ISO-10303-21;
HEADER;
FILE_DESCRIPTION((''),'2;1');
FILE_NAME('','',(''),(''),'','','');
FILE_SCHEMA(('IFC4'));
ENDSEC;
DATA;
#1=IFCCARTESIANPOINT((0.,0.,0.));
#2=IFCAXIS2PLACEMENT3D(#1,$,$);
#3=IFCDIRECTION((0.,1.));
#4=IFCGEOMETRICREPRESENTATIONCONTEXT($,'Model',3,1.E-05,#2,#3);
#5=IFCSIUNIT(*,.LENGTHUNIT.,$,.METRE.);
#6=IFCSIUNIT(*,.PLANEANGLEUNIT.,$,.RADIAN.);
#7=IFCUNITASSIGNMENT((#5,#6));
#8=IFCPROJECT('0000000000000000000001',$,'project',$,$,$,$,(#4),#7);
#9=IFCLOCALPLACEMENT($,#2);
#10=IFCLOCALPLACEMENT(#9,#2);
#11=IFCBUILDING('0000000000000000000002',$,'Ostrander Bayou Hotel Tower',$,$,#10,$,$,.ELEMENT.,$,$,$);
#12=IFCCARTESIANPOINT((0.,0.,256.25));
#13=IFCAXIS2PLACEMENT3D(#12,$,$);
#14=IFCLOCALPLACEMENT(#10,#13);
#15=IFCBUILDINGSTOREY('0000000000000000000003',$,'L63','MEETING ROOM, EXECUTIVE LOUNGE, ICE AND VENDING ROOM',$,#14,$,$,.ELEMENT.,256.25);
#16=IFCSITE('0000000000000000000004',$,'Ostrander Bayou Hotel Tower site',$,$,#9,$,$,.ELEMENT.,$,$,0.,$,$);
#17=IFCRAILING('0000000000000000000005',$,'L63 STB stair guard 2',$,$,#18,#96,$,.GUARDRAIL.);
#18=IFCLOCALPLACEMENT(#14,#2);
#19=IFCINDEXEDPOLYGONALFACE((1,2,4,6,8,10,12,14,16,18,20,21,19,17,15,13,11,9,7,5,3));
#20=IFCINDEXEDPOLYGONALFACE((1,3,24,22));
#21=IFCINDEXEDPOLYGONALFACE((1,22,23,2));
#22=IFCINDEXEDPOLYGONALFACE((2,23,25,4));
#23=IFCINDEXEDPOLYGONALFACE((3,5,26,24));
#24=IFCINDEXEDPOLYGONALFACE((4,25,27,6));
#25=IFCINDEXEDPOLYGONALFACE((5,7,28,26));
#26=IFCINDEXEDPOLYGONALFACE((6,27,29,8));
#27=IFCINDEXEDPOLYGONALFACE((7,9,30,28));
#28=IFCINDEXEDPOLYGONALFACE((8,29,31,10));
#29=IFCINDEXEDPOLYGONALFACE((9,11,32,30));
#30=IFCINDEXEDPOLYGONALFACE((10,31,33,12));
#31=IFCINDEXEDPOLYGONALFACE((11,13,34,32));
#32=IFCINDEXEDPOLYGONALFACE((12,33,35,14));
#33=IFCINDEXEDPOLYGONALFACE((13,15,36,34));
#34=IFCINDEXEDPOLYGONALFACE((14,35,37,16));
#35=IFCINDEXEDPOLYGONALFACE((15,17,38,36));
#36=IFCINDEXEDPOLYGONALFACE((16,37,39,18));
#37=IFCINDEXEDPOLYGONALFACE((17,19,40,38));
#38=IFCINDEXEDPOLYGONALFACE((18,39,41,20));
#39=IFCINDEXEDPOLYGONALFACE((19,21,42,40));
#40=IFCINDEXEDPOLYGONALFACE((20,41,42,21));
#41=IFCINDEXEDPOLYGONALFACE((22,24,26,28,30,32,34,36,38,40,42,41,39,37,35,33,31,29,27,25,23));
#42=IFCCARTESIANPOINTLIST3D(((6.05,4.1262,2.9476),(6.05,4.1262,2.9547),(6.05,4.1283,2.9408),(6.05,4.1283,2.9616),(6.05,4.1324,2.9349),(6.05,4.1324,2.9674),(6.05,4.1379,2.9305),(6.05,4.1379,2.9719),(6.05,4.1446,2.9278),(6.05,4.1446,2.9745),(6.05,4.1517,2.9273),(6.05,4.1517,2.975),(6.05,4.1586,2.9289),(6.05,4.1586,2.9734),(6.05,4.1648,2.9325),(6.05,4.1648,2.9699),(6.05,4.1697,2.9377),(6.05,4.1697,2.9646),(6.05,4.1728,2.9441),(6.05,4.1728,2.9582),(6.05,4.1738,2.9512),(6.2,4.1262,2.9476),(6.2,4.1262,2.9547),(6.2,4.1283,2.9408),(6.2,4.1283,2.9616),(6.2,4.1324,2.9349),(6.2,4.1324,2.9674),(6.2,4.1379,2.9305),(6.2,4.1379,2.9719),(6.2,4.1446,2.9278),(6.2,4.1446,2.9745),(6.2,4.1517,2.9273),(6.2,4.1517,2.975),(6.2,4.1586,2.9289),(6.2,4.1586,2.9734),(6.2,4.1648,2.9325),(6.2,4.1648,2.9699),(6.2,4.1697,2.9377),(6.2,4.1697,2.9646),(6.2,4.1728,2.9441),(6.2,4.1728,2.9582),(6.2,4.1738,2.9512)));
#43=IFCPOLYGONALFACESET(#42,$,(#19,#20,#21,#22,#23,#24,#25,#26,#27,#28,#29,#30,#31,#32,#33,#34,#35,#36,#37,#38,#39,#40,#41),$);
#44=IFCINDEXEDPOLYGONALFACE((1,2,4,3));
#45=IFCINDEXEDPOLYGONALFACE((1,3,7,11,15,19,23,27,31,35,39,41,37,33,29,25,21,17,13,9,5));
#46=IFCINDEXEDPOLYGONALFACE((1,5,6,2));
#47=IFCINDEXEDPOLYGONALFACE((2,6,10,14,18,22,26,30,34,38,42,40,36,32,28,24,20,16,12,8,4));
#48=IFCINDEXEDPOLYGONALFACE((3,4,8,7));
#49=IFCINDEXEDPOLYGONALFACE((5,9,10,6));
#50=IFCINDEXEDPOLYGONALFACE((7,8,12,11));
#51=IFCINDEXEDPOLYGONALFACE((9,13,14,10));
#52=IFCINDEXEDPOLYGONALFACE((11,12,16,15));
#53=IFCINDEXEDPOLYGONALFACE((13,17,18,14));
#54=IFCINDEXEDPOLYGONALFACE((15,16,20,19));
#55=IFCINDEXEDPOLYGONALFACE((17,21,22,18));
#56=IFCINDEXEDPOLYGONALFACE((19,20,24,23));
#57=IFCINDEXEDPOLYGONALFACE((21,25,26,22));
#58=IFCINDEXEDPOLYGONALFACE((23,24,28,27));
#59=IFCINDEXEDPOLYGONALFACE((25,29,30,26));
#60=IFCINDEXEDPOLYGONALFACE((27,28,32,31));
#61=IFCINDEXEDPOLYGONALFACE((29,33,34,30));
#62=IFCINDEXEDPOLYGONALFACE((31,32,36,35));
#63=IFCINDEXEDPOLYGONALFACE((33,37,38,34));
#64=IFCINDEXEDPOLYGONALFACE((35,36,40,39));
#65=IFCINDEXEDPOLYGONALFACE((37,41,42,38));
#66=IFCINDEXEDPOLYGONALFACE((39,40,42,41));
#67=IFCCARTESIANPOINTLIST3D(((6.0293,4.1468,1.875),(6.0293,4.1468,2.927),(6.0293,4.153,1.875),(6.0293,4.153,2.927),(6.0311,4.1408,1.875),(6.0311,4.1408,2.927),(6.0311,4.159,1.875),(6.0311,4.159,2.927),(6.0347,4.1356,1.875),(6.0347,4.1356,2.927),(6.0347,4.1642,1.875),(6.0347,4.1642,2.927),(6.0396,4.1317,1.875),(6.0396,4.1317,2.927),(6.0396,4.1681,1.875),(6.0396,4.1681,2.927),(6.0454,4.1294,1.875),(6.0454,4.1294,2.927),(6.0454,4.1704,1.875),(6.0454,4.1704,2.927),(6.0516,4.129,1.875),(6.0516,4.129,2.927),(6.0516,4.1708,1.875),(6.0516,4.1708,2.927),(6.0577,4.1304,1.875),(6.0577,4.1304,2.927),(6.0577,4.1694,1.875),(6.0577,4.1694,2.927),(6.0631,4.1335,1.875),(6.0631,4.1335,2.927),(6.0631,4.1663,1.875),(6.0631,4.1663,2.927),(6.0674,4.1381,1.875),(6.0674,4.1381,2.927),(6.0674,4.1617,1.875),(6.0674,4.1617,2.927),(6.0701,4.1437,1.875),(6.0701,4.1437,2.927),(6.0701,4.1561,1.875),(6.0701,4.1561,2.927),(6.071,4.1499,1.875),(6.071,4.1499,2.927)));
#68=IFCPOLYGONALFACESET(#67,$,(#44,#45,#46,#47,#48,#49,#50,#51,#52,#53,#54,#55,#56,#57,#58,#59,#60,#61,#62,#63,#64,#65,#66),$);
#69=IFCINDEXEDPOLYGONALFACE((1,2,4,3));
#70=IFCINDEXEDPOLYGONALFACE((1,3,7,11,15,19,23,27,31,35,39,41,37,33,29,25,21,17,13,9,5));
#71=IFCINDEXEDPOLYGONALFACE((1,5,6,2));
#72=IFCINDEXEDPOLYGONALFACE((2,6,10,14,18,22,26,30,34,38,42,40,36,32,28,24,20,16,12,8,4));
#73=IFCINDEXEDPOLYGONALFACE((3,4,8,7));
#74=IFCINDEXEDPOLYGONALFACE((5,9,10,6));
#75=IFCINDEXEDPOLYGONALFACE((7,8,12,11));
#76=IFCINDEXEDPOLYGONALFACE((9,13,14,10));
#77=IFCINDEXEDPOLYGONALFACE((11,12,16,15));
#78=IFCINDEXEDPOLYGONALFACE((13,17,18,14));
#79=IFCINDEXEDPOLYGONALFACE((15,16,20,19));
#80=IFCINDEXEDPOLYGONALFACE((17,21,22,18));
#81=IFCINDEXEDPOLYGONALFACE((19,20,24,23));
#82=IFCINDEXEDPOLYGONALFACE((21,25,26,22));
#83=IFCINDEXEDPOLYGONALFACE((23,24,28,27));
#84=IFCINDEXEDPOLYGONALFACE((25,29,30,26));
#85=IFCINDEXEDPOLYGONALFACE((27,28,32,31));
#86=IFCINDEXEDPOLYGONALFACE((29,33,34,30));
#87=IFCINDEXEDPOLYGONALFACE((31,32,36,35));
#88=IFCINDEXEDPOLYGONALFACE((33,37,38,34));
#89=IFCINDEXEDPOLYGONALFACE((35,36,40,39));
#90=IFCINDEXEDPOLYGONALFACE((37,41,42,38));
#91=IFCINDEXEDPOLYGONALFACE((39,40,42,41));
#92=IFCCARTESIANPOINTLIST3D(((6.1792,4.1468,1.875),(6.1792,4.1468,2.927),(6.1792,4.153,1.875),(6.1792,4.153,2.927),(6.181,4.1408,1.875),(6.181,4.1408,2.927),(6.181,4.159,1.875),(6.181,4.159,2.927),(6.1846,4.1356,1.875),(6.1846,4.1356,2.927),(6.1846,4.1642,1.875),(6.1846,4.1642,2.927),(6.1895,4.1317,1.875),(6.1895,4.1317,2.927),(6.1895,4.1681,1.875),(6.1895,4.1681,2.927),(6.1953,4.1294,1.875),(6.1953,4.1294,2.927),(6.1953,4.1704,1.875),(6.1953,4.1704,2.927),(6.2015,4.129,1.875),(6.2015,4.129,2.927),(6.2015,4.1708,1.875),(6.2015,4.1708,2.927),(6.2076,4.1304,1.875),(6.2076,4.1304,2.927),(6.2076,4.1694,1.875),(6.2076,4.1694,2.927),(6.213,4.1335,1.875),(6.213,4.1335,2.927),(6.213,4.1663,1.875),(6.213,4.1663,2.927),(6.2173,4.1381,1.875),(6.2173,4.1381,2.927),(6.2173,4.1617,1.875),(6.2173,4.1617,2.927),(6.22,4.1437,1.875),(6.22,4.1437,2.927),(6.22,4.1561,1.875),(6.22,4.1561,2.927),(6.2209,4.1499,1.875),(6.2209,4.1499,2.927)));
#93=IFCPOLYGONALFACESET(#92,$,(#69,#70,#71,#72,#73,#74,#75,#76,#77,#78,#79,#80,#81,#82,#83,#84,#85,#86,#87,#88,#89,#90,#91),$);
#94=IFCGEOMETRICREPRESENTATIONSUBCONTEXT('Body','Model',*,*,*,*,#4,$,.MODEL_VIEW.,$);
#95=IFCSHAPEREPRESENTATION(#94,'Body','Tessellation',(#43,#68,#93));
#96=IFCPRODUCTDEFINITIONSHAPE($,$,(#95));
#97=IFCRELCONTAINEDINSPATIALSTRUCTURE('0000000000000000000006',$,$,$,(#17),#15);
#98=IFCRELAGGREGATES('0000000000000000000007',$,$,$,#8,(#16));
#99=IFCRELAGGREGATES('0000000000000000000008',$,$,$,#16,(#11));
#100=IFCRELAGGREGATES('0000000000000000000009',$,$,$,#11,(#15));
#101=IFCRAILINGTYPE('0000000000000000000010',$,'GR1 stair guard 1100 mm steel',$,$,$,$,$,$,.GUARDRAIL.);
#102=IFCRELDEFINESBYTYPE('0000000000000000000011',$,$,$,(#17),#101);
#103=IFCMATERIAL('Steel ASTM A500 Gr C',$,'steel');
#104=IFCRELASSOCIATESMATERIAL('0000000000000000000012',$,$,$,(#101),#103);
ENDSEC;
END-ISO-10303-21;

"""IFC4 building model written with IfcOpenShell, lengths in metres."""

from ifc_helpers import new_model, si_unit, direction, frame, origin, origin_2d, place, context, subcontext, project, spatial, circle, extrude, material, type_object, element, save


model = new_model("IFC4")

# Units and contexts
model_context = context("Model", 3, precision=1e-05, world=origin(), true_north=direction((0.0, 1.0)))
body_context = subcontext(model_context, "Body", "Model", "MODEL_VIEW")
ifc_project = project(units=[si_unit("LENGTHUNIT", "METRE"), si_unit("PLANEANGLEUNIT", "RADIAN")], contexts=[model_context])

# Site, building, storey
site_placement = place(None, origin())
site = spatial("IfcSite", under=ifc_project, at=site_placement, Name="Ostrander Bayou Hotel Tower site", CompositionType="ELEMENT", RefElevation=0.0)
building_placement = place(site_placement, origin())
building = spatial("IfcBuilding", under=site, at=building_placement, Name="Ostrander Bayou Hotel Tower", CompositionType="ELEMENT")
storey_placement = place(building_placement, frame((0.0, 0.0, 256.25)))
storey = spatial("IfcBuildingStorey", under=building, at=storey_placement, Name="L63", Description="MEETING ROOM, EXECUTIVE LOUNGE, ICE AND VENDING ROOM", CompositionType="ELEMENT", Elevation=256.25)

# Railing
ifc_material_1 = material(Name="Steel ASTM A500 Gr C", Category="steel")
railing_type_1 = type_object("IfcRailingType", Name="GR1 stair guard 1100 mm steel", PredefinedType="GUARDRAIL", material=ifc_material_1)
railing_1_placement = place(storey_placement, frame((6.05, 4.1499, 1.875)))
element("IfcRailing", 1, at=railing_1_placement, inside=storey, type_object=railing_type_1, Name="L63 STB stair guard 2", PredefinedType="GUARDRAIL", context=body_context, shape_type="SweptSolid", body=[
    extrude(circle(Radius=0.0239, at=origin_2d()), frame((0.0, 0.0, 1.0762), z_axis=(1.0, 0.0, 0.0), x_axis=(0.0, 1.0, 0.0)), (0.0, 0.0, 1.0), 0.1499),
    extrude(circle(Radius=0.021, at=origin_2d()), origin(), (0.0, 0.0, 1.0), 1.052),
    extrude(circle(Radius=0.021, at=origin_2d()), frame((0.1499, 0.0, 0.0)), (0.0, 0.0, 1.0), 1.052),
])

save(model, "model.ifc")
